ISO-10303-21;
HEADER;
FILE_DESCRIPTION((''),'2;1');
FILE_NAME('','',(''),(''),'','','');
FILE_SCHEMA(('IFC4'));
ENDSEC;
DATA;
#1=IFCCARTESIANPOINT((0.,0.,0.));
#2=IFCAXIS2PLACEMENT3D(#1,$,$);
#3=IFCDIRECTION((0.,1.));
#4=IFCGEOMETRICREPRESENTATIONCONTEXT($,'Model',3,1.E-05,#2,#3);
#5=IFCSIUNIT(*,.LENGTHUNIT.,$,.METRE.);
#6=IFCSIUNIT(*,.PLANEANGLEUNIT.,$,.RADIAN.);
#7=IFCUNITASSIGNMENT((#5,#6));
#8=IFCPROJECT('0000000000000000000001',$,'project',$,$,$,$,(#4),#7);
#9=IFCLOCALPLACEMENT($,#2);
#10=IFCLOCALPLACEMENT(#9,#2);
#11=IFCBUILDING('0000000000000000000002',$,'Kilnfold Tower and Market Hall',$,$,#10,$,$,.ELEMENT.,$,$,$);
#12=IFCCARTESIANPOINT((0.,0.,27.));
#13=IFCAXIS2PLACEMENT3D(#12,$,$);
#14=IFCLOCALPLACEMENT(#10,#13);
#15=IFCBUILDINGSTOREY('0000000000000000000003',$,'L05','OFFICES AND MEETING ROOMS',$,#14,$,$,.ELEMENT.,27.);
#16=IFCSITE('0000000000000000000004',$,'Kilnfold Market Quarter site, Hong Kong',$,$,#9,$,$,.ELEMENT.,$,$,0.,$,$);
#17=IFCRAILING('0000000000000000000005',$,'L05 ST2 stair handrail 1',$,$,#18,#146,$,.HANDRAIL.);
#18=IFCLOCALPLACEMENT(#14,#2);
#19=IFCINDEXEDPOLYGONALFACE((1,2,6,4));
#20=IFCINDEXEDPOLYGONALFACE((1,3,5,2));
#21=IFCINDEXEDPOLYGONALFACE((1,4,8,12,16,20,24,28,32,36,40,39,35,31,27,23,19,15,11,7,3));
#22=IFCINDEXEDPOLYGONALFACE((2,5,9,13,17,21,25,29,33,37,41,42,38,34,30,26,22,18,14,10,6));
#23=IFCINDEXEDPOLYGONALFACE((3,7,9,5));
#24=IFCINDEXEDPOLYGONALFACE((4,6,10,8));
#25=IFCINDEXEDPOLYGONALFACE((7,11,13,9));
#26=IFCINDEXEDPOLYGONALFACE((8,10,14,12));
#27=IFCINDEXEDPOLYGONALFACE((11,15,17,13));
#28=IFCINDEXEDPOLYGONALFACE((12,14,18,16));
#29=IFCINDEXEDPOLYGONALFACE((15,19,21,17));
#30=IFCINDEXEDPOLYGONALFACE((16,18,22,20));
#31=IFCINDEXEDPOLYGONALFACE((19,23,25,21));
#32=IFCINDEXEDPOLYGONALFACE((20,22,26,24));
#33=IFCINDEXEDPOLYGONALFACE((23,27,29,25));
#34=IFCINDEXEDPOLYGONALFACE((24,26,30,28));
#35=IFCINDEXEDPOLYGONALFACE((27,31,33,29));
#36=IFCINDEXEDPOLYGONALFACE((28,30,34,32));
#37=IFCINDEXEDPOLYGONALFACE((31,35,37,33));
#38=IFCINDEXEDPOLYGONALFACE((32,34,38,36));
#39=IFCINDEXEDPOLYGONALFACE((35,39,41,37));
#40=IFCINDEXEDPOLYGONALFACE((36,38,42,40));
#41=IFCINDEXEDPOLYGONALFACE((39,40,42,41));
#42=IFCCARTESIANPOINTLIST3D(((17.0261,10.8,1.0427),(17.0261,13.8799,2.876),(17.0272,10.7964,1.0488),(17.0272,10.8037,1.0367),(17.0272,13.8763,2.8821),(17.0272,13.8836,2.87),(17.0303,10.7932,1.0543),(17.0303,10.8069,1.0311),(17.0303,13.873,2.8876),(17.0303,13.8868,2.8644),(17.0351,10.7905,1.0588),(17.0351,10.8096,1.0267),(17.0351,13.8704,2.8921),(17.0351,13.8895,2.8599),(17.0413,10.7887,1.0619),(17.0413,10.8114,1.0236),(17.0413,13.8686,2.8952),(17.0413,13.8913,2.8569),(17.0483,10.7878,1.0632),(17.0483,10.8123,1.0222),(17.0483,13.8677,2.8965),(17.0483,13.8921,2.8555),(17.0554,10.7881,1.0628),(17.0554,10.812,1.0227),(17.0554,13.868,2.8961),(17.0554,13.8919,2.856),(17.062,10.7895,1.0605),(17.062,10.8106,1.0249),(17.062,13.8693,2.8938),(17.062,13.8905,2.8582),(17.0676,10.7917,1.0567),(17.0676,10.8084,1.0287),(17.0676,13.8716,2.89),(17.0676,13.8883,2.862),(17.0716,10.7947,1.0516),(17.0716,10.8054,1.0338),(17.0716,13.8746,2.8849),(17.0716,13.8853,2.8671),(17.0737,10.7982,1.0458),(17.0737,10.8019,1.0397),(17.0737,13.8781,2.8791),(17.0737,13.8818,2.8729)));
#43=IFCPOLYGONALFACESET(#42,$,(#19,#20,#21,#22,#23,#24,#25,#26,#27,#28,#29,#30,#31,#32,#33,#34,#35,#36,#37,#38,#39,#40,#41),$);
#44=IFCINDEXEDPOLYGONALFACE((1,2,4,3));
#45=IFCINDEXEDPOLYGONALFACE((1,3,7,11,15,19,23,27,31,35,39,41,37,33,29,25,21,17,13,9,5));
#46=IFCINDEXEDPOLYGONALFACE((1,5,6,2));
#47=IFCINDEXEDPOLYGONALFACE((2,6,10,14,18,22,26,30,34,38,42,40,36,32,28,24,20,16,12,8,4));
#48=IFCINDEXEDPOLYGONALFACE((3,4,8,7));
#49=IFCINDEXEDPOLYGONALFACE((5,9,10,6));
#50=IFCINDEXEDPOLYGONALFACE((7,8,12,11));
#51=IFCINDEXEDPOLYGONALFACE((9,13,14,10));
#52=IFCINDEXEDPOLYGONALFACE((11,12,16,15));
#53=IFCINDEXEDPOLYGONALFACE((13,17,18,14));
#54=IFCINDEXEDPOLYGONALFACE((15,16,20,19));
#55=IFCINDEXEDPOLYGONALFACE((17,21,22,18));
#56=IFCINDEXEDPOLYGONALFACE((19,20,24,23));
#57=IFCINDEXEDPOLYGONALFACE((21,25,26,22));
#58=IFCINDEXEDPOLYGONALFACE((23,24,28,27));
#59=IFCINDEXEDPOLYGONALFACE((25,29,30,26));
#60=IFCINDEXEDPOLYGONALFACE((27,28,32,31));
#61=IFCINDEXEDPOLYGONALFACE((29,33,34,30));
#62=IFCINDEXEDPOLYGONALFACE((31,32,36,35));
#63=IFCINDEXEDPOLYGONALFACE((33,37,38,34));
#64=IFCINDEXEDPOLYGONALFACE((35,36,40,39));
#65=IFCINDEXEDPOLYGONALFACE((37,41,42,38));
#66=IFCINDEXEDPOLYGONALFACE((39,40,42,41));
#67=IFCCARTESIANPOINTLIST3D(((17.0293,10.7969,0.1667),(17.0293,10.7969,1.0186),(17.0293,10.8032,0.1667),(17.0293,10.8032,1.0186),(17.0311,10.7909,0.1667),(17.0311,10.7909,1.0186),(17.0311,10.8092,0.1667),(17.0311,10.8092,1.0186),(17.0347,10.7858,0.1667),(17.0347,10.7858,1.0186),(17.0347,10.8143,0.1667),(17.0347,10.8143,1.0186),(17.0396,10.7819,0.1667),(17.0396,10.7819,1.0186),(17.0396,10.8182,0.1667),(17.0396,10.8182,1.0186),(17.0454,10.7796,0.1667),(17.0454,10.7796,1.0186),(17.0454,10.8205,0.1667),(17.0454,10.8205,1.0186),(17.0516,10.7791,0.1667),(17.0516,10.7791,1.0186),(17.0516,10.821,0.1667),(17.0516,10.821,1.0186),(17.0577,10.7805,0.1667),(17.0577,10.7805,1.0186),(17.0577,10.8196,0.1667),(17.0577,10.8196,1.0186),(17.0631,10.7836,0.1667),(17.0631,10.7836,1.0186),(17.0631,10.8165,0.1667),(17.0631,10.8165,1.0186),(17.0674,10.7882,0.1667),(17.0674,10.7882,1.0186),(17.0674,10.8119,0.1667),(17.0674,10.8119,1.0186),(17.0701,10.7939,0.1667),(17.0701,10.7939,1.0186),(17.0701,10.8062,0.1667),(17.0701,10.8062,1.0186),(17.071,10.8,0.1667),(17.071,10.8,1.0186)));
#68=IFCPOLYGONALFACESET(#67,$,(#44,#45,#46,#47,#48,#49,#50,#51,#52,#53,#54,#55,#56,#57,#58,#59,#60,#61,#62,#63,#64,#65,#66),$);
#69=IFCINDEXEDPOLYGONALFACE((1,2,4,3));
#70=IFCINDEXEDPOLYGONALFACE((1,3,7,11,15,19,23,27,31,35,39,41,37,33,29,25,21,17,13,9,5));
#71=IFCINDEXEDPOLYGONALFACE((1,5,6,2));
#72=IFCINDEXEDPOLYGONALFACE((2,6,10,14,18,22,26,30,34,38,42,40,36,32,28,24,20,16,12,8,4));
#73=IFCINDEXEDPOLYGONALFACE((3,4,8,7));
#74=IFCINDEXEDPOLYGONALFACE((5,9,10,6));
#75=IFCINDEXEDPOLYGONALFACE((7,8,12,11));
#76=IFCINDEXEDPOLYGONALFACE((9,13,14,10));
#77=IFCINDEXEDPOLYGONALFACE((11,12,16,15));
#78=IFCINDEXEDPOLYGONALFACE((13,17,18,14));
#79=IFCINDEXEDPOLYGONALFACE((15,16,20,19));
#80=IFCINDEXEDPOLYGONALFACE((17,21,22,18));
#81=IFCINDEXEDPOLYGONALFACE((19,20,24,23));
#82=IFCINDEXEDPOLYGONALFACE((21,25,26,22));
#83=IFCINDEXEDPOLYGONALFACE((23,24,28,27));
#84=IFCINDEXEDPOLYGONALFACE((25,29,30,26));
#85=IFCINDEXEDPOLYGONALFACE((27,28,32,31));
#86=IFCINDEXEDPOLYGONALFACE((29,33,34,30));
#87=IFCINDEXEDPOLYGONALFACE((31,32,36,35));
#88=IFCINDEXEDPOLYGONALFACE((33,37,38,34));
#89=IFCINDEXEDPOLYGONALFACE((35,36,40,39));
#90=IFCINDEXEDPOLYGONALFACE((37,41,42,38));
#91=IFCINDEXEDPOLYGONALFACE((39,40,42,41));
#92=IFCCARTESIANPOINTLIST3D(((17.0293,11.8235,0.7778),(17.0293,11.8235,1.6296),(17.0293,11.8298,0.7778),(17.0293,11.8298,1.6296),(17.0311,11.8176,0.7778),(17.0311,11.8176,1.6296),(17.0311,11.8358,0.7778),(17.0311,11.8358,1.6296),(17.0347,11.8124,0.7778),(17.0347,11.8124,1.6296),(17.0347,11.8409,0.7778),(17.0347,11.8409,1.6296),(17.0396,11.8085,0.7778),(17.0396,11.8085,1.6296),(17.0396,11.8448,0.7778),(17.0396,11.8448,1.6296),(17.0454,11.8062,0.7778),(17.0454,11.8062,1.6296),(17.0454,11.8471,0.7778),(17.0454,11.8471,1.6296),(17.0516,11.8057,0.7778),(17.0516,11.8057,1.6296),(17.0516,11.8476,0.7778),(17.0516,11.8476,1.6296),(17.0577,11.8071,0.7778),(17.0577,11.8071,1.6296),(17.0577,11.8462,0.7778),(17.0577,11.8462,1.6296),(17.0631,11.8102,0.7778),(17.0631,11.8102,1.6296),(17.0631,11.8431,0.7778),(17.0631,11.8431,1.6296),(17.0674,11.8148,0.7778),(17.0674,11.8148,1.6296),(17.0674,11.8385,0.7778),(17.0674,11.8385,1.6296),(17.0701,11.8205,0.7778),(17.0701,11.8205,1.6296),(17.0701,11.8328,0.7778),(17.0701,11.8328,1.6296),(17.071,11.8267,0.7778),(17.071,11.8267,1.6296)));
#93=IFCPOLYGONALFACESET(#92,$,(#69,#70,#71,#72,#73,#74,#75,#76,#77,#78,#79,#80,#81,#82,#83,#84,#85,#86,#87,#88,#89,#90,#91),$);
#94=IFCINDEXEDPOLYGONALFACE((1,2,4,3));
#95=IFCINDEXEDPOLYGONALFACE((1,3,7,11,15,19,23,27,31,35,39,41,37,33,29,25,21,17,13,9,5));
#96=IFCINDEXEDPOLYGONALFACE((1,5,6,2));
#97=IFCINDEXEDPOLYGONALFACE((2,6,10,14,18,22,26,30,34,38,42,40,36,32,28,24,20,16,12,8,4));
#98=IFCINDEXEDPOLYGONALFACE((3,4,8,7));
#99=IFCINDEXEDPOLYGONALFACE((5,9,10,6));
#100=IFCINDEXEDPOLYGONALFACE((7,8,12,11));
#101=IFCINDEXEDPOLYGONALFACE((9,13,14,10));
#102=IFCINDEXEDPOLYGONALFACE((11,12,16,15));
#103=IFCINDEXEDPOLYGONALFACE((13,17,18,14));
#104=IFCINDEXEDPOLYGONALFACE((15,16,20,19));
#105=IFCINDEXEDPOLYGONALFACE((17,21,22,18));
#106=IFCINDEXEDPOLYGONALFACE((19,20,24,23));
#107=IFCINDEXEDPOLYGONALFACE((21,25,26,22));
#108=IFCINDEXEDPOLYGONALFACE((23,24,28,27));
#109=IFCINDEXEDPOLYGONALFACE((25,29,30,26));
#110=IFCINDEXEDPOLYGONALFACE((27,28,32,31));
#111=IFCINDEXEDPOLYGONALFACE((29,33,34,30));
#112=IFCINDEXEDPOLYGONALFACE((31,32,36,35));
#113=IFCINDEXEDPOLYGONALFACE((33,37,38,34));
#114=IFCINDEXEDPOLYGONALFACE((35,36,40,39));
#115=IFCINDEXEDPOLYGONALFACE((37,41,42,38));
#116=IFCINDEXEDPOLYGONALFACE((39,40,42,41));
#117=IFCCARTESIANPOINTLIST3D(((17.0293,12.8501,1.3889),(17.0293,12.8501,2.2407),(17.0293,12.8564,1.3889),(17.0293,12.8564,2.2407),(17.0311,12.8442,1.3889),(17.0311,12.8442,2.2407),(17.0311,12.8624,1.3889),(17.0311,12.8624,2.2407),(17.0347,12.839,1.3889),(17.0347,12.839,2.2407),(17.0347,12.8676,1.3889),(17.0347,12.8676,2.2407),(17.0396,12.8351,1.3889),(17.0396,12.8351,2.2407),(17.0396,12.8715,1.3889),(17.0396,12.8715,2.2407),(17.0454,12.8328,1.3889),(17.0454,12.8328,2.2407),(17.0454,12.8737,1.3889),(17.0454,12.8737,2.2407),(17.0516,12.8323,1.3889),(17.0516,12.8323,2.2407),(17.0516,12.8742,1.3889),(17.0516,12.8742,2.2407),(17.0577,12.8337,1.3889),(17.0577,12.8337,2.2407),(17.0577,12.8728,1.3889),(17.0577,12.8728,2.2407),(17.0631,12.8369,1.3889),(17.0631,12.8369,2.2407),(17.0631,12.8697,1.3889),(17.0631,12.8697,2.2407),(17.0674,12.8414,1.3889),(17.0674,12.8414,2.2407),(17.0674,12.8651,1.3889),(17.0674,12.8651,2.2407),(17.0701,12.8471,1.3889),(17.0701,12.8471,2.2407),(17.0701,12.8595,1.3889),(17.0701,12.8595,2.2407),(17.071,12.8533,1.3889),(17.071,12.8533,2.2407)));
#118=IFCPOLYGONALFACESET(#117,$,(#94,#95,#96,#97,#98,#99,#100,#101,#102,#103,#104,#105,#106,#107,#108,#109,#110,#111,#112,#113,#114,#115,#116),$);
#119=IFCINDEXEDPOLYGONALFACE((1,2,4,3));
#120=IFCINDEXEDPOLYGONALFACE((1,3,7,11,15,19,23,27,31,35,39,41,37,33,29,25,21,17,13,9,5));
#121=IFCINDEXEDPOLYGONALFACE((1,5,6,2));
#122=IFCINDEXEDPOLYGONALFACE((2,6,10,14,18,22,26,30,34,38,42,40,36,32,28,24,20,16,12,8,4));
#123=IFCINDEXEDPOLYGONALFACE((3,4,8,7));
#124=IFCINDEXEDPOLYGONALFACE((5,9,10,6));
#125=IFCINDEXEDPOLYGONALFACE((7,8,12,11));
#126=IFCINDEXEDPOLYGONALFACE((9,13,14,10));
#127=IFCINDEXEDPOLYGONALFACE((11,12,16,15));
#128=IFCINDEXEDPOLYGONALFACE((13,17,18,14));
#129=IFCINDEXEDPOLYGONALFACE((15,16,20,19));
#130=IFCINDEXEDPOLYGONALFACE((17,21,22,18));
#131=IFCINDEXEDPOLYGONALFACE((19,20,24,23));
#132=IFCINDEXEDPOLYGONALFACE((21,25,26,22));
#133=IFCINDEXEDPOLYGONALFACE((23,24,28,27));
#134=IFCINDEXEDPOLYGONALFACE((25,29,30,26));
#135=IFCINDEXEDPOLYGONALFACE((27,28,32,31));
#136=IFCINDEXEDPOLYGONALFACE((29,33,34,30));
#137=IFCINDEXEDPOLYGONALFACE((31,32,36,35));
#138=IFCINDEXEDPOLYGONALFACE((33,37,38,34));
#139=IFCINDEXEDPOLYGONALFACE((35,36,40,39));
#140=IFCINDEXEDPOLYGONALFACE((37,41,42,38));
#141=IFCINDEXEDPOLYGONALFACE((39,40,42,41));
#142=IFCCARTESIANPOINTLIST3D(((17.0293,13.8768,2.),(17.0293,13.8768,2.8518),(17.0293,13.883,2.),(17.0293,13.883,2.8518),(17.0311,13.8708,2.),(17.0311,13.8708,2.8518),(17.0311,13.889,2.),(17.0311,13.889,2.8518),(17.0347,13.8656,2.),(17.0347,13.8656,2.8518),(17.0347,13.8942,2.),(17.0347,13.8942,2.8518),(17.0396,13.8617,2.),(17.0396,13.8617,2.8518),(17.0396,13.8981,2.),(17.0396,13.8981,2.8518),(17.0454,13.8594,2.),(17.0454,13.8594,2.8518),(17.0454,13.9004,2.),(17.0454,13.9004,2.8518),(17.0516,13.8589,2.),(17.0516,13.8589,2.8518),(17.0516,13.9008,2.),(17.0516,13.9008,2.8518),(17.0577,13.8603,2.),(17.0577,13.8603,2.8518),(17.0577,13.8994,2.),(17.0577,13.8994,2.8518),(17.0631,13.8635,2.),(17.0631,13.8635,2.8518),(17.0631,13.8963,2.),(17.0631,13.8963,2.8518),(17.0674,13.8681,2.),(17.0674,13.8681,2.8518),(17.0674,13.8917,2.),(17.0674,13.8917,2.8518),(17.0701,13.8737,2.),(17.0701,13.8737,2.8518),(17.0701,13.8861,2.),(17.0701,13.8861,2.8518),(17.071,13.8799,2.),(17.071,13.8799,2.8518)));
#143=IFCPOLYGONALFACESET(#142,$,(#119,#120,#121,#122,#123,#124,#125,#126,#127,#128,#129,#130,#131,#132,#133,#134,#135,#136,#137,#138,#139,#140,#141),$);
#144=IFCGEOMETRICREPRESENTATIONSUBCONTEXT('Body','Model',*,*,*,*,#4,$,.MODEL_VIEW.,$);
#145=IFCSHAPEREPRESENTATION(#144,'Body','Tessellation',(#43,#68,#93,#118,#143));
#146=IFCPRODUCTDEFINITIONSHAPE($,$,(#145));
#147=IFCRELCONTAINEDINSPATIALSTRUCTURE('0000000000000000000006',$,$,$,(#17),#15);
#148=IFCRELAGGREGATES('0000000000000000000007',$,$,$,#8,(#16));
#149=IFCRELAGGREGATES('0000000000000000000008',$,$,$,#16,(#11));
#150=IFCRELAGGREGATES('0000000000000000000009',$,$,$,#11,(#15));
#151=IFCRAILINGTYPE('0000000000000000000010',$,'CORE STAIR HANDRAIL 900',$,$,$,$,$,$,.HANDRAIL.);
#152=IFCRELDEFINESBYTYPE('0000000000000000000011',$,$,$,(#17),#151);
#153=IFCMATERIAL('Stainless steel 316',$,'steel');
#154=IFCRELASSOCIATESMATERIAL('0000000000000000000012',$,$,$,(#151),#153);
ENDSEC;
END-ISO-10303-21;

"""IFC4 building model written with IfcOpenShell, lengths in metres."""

from ifc_helpers import new_model, si_unit, direction, frame, origin, origin_2d, place, context, subcontext, project, spatial, circle, extrude, material, type_object, element, save


model = new_model("IFC4")

# Units and contexts
model_context = context("Model", 3, precision=1e-05, world=origin(), true_north=direction((0.0, 1.0)))
body_context = subcontext(model_context, "Body", "Model", "MODEL_VIEW")
ifc_project = project(units=[si_unit("LENGTHUNIT", "METRE"), si_unit("PLANEANGLEUNIT", "RADIAN")], contexts=[model_context])

# Site, building, storey
site_placement = place(None, origin())
site = spatial("IfcSite", under=ifc_project, at=site_placement, Name="Kilnfold Market Quarter site, Hong Kong", CompositionType="ELEMENT", RefElevation=0.0)
building_placement = place(site_placement, origin())
building = spatial("IfcBuilding", under=site, at=building_placement, Name="Kilnfold Tower and Market Hall", CompositionType="ELEMENT")
storey_placement = place(building_placement, frame((0.0, 0.0, 27.0)))
storey = spatial("IfcBuildingStorey", under=building, at=storey_placement, Name="L05", Description="OFFICES AND MEETING ROOMS", CompositionType="ELEMENT", Elevation=27.0)

# Railing
ifc_material_1 = material(Name="Stainless steel 316", Category="steel")
railing_type_1 = type_object("IfcRailingType", Name="CORE STAIR HANDRAIL 900", PredefinedType="HANDRAIL", material=ifc_material_1)
railing_1_placement = place(storey_placement, frame((17.05, 10.8, 0.1667)))
element("IfcRailing", 1, at=railing_1_placement, inside=storey, type_object=railing_type_1, Name="L05 ST2 stair handrail 1", PredefinedType="HANDRAIL", context=body_context, shape_type="SweptSolid", body=[
    extrude(circle(Radius=0.0239, at=origin_2d()), frame((0.0, 0.0, 0.876), z_axis=(0.0, 0.859291, 0.511487), x_axis=(-1.0, 0.0, 0.0)), (0.0, 0.0, 1.0), 3.5842),
    extrude(circle(Radius=0.021, at=origin_2d()), origin(), (0.0, 0.0, 1.0), 0.8518),
    extrude(circle(Radius=0.021, at=origin_2d()), frame((0.0, 1.0266, 0.6111)), (0.0, 0.0, 1.0), 0.8518),
    extrude(circle(Radius=0.021, at=origin_2d()), frame((0.0, 2.0532, 1.2222)), (0.0, 0.0, 1.0), 0.8518),
    extrude(circle(Radius=0.021, at=origin_2d()), frame((0.0, 3.0798, 1.8333)), (0.0, 0.0, 1.0), 0.8518),
])

save(model, "model.ifc")
